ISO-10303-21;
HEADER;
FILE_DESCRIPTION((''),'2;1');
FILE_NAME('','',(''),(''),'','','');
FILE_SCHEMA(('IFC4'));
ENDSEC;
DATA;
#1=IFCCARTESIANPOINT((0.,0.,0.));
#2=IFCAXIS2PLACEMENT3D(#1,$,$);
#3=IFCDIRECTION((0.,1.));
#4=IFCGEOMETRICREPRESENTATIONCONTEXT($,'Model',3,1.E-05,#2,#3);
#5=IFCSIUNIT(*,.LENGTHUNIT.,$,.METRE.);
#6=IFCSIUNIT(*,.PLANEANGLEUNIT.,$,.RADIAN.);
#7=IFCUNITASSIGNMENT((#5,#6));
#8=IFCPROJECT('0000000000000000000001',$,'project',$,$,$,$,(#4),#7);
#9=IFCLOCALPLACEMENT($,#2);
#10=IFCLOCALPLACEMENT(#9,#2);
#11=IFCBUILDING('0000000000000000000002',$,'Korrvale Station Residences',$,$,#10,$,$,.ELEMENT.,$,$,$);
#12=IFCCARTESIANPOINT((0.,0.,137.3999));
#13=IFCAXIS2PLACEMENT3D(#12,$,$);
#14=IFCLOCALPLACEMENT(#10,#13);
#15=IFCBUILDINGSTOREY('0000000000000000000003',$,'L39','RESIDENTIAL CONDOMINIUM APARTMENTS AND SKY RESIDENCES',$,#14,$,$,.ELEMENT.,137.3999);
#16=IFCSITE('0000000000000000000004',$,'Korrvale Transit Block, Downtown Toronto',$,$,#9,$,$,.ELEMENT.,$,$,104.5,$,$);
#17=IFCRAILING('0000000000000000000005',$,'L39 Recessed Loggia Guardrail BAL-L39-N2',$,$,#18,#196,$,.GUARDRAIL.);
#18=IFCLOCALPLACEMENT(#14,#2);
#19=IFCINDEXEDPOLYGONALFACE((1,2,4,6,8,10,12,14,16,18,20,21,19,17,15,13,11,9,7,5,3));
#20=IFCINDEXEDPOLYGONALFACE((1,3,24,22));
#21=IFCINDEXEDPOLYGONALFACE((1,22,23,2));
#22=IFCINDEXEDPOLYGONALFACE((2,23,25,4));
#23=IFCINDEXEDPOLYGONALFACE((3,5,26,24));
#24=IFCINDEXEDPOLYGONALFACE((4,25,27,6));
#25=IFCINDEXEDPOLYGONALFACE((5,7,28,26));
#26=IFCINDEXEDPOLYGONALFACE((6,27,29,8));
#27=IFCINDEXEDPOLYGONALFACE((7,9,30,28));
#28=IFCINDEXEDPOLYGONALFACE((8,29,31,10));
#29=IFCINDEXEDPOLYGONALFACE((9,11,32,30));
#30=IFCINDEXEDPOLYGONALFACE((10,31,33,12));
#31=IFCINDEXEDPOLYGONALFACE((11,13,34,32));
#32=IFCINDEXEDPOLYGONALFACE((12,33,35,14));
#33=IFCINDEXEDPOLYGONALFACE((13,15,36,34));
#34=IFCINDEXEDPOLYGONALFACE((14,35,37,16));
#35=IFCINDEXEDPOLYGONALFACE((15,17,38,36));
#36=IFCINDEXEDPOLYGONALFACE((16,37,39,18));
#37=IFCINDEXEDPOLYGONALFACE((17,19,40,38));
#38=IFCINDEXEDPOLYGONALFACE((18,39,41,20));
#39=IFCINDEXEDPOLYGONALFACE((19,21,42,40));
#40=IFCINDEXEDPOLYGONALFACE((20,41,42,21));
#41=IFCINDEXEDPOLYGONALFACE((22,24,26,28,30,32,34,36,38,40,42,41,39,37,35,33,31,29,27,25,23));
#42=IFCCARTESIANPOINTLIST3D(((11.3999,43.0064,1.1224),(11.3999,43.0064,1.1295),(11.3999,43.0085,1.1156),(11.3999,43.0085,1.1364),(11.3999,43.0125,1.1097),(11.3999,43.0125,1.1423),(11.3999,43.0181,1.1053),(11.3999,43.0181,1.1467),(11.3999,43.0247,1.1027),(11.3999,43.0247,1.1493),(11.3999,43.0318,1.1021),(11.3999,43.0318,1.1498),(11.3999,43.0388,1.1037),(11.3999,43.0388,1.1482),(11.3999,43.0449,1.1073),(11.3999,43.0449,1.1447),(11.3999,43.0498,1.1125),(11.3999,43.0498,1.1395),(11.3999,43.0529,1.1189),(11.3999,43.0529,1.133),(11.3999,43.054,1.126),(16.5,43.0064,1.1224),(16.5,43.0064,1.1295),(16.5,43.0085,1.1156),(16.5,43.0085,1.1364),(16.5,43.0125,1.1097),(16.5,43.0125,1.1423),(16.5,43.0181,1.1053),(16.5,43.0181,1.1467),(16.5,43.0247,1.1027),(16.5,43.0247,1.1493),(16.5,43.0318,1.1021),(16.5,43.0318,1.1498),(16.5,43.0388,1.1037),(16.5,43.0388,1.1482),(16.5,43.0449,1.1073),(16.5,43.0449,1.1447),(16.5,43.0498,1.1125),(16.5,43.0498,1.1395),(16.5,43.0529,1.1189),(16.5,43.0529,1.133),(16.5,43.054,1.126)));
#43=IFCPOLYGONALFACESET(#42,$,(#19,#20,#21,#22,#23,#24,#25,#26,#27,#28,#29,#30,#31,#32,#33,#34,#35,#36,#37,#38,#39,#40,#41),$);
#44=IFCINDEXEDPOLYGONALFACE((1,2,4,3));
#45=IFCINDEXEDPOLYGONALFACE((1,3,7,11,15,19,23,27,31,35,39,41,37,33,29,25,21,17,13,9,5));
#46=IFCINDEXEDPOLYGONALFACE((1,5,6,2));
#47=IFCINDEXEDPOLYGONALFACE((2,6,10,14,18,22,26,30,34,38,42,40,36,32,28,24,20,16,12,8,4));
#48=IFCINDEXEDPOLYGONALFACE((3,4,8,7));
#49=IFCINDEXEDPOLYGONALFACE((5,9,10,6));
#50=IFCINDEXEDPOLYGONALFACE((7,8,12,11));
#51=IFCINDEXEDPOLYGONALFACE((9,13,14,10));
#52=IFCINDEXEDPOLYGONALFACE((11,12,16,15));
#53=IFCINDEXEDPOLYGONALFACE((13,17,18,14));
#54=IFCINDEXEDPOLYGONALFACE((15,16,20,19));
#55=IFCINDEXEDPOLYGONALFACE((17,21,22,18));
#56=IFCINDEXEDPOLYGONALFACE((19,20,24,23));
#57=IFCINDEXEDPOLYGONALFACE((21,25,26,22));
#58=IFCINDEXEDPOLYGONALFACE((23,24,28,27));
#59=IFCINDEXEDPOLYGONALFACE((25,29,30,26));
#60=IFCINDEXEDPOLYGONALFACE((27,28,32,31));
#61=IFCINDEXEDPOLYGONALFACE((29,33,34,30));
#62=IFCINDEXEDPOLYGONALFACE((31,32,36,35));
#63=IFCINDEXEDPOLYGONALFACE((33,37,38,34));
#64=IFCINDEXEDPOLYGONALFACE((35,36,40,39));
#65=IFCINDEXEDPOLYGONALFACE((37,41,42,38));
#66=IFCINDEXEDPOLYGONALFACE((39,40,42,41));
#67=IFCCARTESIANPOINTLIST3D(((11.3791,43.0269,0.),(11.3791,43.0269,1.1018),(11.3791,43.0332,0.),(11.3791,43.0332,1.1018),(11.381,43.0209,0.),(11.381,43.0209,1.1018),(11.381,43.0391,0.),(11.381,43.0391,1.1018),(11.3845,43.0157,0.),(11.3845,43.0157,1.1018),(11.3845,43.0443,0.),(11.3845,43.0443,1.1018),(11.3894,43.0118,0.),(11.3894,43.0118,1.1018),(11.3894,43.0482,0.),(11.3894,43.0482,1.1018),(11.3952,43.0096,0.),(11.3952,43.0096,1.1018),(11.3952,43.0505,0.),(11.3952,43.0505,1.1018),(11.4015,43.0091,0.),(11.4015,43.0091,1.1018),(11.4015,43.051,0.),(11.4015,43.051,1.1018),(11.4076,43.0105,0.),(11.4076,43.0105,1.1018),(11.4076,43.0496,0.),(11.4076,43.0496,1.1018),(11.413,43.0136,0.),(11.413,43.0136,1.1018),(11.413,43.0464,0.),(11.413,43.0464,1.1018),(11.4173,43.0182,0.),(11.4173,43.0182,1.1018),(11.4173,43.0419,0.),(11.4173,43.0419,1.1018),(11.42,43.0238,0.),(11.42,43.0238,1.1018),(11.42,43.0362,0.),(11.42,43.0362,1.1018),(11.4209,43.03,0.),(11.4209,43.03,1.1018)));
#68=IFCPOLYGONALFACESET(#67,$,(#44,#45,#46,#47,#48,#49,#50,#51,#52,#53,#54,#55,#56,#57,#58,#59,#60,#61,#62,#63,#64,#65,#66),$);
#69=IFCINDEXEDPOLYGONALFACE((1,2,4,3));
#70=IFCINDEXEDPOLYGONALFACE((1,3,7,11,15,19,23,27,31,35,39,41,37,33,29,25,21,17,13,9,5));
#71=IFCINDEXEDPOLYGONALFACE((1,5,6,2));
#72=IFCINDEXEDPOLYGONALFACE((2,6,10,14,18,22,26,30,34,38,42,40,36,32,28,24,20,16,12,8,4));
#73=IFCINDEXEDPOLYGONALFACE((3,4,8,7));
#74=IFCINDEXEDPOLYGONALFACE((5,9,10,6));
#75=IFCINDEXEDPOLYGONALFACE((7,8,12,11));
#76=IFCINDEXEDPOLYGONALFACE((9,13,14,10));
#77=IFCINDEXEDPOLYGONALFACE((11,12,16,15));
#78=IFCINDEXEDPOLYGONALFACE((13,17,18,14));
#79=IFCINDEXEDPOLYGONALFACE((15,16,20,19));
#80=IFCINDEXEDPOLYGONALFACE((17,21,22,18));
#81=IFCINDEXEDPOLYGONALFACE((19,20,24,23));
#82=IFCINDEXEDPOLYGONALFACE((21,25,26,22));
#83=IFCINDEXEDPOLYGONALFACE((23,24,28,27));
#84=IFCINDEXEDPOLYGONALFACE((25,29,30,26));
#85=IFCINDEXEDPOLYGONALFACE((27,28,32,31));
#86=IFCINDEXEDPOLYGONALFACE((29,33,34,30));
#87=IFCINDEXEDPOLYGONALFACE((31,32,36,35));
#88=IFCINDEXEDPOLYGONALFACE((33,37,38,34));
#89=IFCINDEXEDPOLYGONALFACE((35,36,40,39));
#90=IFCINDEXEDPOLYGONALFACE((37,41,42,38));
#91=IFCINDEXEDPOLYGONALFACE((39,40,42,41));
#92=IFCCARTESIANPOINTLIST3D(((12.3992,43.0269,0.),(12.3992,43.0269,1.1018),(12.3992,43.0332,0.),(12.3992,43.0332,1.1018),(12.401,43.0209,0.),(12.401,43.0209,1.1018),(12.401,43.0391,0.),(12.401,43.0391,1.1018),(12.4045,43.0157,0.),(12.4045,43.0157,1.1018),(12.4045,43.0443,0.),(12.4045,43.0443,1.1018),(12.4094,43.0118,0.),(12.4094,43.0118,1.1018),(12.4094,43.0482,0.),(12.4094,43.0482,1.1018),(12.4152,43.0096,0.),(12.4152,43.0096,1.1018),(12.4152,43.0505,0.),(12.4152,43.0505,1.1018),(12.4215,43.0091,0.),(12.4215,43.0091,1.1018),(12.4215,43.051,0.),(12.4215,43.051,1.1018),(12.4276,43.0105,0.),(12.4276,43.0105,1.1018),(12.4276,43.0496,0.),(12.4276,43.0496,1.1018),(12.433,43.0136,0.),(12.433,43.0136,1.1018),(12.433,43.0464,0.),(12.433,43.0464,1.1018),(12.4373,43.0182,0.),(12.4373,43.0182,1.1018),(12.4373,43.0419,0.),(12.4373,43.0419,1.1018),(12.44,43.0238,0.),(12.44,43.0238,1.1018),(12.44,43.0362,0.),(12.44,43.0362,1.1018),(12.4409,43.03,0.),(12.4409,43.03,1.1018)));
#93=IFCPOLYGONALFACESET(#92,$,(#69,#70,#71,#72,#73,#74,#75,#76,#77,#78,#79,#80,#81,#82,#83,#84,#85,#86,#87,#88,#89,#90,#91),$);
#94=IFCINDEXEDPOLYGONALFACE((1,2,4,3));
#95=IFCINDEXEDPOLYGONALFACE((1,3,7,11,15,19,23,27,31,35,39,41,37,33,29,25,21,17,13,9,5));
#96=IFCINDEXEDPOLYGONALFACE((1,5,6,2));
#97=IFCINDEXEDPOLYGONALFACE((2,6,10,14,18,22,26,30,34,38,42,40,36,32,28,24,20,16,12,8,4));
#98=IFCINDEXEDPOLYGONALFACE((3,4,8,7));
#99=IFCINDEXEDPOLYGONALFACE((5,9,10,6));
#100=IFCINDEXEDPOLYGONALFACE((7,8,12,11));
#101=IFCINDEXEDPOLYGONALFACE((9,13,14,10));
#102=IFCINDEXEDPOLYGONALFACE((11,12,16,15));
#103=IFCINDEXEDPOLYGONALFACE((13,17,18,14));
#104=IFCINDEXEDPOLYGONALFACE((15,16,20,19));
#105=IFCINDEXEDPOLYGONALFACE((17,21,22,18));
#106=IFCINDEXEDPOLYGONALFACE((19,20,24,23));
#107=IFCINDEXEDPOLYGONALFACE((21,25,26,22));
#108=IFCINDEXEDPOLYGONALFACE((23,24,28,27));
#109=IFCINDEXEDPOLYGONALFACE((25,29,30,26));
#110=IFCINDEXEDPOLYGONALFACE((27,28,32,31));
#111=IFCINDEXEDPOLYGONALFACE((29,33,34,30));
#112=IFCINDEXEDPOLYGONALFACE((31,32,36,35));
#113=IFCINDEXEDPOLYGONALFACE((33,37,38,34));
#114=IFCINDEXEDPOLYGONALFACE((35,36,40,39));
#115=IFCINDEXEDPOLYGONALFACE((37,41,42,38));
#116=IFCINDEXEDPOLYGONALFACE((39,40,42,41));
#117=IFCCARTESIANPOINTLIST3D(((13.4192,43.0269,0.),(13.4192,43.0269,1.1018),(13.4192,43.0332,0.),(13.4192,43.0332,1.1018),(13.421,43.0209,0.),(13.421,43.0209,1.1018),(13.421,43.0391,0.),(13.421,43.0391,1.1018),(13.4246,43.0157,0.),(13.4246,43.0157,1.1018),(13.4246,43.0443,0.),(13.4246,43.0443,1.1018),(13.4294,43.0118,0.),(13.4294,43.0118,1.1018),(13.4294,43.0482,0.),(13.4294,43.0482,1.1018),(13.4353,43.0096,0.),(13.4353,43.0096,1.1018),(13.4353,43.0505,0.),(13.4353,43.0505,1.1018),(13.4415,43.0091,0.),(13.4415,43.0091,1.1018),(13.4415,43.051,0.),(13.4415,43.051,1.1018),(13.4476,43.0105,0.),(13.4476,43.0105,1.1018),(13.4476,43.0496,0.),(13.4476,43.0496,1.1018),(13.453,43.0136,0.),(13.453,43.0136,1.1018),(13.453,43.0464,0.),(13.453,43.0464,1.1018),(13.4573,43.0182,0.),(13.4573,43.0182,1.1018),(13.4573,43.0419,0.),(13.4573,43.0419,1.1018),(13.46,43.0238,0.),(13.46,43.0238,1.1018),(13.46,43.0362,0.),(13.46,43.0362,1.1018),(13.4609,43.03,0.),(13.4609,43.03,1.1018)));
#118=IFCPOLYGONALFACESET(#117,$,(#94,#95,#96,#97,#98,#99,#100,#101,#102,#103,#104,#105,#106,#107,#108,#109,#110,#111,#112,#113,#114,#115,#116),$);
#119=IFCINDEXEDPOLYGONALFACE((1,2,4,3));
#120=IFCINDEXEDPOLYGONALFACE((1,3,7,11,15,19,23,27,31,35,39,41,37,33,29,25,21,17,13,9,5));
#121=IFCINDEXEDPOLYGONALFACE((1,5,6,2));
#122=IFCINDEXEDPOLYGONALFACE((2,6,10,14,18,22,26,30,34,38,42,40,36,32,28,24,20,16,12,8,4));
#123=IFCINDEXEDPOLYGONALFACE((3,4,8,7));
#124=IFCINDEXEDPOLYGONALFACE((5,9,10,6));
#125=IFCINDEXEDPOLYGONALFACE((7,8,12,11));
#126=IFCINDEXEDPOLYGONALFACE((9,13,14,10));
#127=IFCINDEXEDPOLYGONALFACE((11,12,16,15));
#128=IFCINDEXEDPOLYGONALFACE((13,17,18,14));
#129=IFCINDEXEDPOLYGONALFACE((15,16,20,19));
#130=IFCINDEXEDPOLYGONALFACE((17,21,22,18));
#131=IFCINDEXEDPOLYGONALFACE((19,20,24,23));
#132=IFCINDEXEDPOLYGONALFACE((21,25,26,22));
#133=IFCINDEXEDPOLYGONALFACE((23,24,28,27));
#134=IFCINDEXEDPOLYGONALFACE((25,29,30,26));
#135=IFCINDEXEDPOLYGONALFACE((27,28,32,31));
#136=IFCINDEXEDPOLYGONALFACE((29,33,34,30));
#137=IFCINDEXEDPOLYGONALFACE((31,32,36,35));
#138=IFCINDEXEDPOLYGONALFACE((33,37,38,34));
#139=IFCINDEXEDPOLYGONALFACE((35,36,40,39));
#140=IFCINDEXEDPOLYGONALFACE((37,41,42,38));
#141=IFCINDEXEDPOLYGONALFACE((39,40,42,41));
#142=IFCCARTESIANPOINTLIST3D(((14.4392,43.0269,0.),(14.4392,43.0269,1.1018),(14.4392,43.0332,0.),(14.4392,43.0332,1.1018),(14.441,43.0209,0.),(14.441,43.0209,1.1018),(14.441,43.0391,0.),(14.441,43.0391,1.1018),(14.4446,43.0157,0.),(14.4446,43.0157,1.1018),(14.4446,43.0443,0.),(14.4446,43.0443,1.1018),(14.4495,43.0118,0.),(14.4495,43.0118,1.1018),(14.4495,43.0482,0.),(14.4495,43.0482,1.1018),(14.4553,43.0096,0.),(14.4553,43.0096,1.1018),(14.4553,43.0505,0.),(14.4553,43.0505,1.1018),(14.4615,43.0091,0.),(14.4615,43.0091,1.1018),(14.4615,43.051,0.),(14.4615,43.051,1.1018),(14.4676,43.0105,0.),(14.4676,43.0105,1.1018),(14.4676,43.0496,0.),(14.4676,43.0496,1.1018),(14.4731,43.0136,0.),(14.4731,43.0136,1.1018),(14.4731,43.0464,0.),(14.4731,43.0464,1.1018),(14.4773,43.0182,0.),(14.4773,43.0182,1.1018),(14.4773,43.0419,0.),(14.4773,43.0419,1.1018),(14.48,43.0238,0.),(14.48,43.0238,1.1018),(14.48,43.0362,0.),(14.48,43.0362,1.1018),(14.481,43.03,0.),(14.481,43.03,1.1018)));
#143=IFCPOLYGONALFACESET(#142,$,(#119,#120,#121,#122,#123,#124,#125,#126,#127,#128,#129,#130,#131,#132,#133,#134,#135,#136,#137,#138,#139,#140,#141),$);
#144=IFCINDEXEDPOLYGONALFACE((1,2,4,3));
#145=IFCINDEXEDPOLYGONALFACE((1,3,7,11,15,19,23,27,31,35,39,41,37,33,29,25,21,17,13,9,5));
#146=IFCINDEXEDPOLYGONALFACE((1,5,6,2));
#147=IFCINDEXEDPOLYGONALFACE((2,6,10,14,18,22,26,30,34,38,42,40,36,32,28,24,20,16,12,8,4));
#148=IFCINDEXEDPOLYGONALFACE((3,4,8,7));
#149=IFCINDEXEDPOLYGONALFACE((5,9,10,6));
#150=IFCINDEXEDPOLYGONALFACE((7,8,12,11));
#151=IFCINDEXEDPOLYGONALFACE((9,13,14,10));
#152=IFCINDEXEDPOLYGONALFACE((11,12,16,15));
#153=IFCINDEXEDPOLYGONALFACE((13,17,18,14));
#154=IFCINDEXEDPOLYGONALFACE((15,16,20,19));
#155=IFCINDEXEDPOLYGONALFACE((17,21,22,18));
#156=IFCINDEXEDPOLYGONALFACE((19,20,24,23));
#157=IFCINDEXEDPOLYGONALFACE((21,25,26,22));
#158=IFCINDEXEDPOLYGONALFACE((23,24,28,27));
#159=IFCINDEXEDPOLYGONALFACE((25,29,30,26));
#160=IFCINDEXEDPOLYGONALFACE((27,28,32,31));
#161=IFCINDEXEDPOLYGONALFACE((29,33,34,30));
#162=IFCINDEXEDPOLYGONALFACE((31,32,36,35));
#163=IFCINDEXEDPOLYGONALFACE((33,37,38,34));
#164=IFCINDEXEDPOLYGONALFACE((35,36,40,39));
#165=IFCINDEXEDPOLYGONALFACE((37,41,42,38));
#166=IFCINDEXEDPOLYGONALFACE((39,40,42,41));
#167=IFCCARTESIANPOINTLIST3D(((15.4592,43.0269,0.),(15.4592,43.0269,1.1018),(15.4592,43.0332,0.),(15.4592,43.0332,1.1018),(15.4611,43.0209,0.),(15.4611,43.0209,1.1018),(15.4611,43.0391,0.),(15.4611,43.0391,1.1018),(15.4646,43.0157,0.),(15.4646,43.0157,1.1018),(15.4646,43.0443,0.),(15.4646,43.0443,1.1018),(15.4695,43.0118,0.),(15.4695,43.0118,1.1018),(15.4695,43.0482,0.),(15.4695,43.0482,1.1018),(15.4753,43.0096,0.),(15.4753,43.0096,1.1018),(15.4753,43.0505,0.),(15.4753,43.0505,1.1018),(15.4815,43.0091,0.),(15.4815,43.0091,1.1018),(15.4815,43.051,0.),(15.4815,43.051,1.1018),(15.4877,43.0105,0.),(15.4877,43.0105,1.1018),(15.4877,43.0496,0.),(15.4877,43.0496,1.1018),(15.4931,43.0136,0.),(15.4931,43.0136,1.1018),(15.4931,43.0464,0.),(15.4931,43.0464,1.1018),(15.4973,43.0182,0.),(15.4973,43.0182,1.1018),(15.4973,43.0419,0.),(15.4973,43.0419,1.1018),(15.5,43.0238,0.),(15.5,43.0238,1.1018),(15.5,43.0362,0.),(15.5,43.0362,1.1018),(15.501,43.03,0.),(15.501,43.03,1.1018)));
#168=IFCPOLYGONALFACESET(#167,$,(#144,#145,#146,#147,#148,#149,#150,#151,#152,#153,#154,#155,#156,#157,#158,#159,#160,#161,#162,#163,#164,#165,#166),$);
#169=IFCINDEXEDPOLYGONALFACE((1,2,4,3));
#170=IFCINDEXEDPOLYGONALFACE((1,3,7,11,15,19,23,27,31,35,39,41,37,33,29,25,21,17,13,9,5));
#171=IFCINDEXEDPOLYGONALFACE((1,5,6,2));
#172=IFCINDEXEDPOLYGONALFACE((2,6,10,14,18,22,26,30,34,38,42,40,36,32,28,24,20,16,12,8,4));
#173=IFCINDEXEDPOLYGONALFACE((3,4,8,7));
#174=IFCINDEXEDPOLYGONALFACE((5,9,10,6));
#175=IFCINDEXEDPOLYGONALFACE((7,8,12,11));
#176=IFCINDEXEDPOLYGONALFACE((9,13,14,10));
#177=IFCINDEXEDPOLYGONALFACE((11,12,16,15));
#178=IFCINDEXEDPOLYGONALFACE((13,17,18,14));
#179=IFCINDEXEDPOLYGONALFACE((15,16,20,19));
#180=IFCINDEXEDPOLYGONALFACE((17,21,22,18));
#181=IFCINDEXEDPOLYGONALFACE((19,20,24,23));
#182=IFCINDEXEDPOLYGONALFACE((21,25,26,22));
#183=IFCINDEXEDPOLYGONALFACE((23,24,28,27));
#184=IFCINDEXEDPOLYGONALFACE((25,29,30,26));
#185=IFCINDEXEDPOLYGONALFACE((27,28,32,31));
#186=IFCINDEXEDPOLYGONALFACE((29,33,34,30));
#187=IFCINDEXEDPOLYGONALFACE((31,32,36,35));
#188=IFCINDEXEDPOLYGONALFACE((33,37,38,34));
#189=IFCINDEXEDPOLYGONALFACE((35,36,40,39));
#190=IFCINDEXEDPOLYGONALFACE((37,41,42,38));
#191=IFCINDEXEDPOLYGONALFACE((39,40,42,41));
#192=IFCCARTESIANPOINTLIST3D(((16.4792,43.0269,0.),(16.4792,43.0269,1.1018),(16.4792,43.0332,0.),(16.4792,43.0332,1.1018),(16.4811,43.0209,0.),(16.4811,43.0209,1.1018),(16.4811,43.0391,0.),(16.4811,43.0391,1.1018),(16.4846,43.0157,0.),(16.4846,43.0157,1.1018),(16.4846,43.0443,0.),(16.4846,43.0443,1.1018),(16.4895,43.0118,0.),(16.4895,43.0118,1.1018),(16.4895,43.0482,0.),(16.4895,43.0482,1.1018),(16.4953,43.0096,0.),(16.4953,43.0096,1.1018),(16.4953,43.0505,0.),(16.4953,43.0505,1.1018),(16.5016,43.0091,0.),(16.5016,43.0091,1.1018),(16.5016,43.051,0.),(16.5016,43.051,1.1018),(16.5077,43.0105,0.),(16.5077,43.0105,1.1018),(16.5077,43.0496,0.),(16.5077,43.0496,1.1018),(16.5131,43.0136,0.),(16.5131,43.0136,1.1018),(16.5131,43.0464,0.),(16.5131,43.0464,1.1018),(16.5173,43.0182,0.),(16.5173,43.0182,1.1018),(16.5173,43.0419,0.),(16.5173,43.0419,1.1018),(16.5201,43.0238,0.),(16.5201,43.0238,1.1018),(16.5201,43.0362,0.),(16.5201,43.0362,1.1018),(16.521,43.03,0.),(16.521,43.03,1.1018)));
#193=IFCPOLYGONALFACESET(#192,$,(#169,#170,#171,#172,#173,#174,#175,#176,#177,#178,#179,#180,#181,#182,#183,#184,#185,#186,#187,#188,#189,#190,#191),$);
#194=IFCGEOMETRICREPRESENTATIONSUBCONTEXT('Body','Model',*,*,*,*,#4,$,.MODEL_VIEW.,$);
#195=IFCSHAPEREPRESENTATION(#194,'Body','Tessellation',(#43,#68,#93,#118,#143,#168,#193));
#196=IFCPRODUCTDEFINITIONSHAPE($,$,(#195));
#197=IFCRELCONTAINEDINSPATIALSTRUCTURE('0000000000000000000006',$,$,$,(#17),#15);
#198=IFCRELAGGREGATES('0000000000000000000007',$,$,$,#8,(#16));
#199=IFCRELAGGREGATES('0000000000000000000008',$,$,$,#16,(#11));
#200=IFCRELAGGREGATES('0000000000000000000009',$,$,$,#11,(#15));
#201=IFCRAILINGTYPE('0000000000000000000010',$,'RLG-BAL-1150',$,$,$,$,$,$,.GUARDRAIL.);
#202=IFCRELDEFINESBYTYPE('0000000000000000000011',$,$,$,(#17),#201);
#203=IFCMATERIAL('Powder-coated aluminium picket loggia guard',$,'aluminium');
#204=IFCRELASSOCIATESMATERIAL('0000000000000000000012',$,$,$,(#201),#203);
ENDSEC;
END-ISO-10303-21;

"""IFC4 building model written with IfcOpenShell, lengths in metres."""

from ifc_helpers import new_model, si_unit, direction, frame, origin, origin_2d, place, context, subcontext, project, spatial, circle, extrude, material, type_object, element, save


model = new_model("IFC4")

# Units and contexts
model_context = context("Model", 3, precision=1e-05, world=origin(), true_north=direction((0.0, 1.0)))
body_context = subcontext(model_context, "Body", "Model", "MODEL_VIEW")
ifc_project = project(units=[si_unit("LENGTHUNIT", "METRE"), si_unit("PLANEANGLEUNIT", "RADIAN")], contexts=[model_context])

# Site, building, storey
site_placement = place(None, origin())
site = spatial("IfcSite", under=ifc_project, at=site_placement, Name="Korrvale Transit Block, Downtown Toronto", CompositionType="ELEMENT", RefElevation=104.5)
building_placement = place(site_placement, origin())
building = spatial("IfcBuilding", under=site, at=building_placement, Name="Korrvale Station Residences", CompositionType="ELEMENT")
storey_placement = place(building_placement, frame((0.0, 0.0, 137.3999)))
storey = spatial("IfcBuildingStorey", under=building, at=storey_placement, Name="L39", Description="RESIDENTIAL CONDOMINIUM APARTMENTS AND SKY RESIDENCES", CompositionType="ELEMENT", Elevation=137.3999)

# Railing
ifc_material_1 = material(Name="Powder-coated aluminium picket loggia guard", Category="aluminium")
railing_type = type_object("IfcRailingType", Name="RLG-BAL-1150", PredefinedType="GUARDRAIL", material=ifc_material_1)
railing_placement = place(storey_placement, frame((11.3999, 43.03, 0.0)))
element("IfcRailing", 1, at=railing_placement, inside=storey, type_object=railing_type, Name="L39 Recessed Loggia Guardrail BAL-L39-N2", PredefinedType="GUARDRAIL", context=body_context, shape_type="SweptSolid", body=[
    extrude(circle(Radius=0.0239, at=origin_2d()), frame((0.0, 0.0, 1.126), z_axis=(1.0, 0.0, 0.0), x_axis=(0.0, 1.0, 0.0)), (0.0, 0.0, 1.0), 5.1001),
    extrude(circle(Radius=0.021, at=origin_2d()), origin(), (0.0, 0.0, 1.0), 1.1018),
    extrude(circle(Radius=0.021, at=origin_2d()), frame((1.02, 0.0, 0.0)), (0.0, 0.0, 1.0), 1.1018),
    extrude(circle(Radius=0.021, at=origin_2d()), frame((2.04, 0.0, 0.0)), (0.0, 0.0, 1.0), 1.1018),
    extrude(circle(Radius=0.021, at=origin_2d()), frame((3.0601, 0.0, 0.0)), (0.0, 0.0, 1.0), 1.1018),
    extrude(circle(Radius=0.021, at=origin_2d()), frame((4.0801, 0.0, 0.0)), (0.0, 0.0, 1.0), 1.1018),
    extrude(circle(Radius=0.021, at=origin_2d()), frame((5.1001, 0.0, 0.0)), (0.0, 0.0, 1.0), 1.1018),
])

save(model, "model.ifc")
